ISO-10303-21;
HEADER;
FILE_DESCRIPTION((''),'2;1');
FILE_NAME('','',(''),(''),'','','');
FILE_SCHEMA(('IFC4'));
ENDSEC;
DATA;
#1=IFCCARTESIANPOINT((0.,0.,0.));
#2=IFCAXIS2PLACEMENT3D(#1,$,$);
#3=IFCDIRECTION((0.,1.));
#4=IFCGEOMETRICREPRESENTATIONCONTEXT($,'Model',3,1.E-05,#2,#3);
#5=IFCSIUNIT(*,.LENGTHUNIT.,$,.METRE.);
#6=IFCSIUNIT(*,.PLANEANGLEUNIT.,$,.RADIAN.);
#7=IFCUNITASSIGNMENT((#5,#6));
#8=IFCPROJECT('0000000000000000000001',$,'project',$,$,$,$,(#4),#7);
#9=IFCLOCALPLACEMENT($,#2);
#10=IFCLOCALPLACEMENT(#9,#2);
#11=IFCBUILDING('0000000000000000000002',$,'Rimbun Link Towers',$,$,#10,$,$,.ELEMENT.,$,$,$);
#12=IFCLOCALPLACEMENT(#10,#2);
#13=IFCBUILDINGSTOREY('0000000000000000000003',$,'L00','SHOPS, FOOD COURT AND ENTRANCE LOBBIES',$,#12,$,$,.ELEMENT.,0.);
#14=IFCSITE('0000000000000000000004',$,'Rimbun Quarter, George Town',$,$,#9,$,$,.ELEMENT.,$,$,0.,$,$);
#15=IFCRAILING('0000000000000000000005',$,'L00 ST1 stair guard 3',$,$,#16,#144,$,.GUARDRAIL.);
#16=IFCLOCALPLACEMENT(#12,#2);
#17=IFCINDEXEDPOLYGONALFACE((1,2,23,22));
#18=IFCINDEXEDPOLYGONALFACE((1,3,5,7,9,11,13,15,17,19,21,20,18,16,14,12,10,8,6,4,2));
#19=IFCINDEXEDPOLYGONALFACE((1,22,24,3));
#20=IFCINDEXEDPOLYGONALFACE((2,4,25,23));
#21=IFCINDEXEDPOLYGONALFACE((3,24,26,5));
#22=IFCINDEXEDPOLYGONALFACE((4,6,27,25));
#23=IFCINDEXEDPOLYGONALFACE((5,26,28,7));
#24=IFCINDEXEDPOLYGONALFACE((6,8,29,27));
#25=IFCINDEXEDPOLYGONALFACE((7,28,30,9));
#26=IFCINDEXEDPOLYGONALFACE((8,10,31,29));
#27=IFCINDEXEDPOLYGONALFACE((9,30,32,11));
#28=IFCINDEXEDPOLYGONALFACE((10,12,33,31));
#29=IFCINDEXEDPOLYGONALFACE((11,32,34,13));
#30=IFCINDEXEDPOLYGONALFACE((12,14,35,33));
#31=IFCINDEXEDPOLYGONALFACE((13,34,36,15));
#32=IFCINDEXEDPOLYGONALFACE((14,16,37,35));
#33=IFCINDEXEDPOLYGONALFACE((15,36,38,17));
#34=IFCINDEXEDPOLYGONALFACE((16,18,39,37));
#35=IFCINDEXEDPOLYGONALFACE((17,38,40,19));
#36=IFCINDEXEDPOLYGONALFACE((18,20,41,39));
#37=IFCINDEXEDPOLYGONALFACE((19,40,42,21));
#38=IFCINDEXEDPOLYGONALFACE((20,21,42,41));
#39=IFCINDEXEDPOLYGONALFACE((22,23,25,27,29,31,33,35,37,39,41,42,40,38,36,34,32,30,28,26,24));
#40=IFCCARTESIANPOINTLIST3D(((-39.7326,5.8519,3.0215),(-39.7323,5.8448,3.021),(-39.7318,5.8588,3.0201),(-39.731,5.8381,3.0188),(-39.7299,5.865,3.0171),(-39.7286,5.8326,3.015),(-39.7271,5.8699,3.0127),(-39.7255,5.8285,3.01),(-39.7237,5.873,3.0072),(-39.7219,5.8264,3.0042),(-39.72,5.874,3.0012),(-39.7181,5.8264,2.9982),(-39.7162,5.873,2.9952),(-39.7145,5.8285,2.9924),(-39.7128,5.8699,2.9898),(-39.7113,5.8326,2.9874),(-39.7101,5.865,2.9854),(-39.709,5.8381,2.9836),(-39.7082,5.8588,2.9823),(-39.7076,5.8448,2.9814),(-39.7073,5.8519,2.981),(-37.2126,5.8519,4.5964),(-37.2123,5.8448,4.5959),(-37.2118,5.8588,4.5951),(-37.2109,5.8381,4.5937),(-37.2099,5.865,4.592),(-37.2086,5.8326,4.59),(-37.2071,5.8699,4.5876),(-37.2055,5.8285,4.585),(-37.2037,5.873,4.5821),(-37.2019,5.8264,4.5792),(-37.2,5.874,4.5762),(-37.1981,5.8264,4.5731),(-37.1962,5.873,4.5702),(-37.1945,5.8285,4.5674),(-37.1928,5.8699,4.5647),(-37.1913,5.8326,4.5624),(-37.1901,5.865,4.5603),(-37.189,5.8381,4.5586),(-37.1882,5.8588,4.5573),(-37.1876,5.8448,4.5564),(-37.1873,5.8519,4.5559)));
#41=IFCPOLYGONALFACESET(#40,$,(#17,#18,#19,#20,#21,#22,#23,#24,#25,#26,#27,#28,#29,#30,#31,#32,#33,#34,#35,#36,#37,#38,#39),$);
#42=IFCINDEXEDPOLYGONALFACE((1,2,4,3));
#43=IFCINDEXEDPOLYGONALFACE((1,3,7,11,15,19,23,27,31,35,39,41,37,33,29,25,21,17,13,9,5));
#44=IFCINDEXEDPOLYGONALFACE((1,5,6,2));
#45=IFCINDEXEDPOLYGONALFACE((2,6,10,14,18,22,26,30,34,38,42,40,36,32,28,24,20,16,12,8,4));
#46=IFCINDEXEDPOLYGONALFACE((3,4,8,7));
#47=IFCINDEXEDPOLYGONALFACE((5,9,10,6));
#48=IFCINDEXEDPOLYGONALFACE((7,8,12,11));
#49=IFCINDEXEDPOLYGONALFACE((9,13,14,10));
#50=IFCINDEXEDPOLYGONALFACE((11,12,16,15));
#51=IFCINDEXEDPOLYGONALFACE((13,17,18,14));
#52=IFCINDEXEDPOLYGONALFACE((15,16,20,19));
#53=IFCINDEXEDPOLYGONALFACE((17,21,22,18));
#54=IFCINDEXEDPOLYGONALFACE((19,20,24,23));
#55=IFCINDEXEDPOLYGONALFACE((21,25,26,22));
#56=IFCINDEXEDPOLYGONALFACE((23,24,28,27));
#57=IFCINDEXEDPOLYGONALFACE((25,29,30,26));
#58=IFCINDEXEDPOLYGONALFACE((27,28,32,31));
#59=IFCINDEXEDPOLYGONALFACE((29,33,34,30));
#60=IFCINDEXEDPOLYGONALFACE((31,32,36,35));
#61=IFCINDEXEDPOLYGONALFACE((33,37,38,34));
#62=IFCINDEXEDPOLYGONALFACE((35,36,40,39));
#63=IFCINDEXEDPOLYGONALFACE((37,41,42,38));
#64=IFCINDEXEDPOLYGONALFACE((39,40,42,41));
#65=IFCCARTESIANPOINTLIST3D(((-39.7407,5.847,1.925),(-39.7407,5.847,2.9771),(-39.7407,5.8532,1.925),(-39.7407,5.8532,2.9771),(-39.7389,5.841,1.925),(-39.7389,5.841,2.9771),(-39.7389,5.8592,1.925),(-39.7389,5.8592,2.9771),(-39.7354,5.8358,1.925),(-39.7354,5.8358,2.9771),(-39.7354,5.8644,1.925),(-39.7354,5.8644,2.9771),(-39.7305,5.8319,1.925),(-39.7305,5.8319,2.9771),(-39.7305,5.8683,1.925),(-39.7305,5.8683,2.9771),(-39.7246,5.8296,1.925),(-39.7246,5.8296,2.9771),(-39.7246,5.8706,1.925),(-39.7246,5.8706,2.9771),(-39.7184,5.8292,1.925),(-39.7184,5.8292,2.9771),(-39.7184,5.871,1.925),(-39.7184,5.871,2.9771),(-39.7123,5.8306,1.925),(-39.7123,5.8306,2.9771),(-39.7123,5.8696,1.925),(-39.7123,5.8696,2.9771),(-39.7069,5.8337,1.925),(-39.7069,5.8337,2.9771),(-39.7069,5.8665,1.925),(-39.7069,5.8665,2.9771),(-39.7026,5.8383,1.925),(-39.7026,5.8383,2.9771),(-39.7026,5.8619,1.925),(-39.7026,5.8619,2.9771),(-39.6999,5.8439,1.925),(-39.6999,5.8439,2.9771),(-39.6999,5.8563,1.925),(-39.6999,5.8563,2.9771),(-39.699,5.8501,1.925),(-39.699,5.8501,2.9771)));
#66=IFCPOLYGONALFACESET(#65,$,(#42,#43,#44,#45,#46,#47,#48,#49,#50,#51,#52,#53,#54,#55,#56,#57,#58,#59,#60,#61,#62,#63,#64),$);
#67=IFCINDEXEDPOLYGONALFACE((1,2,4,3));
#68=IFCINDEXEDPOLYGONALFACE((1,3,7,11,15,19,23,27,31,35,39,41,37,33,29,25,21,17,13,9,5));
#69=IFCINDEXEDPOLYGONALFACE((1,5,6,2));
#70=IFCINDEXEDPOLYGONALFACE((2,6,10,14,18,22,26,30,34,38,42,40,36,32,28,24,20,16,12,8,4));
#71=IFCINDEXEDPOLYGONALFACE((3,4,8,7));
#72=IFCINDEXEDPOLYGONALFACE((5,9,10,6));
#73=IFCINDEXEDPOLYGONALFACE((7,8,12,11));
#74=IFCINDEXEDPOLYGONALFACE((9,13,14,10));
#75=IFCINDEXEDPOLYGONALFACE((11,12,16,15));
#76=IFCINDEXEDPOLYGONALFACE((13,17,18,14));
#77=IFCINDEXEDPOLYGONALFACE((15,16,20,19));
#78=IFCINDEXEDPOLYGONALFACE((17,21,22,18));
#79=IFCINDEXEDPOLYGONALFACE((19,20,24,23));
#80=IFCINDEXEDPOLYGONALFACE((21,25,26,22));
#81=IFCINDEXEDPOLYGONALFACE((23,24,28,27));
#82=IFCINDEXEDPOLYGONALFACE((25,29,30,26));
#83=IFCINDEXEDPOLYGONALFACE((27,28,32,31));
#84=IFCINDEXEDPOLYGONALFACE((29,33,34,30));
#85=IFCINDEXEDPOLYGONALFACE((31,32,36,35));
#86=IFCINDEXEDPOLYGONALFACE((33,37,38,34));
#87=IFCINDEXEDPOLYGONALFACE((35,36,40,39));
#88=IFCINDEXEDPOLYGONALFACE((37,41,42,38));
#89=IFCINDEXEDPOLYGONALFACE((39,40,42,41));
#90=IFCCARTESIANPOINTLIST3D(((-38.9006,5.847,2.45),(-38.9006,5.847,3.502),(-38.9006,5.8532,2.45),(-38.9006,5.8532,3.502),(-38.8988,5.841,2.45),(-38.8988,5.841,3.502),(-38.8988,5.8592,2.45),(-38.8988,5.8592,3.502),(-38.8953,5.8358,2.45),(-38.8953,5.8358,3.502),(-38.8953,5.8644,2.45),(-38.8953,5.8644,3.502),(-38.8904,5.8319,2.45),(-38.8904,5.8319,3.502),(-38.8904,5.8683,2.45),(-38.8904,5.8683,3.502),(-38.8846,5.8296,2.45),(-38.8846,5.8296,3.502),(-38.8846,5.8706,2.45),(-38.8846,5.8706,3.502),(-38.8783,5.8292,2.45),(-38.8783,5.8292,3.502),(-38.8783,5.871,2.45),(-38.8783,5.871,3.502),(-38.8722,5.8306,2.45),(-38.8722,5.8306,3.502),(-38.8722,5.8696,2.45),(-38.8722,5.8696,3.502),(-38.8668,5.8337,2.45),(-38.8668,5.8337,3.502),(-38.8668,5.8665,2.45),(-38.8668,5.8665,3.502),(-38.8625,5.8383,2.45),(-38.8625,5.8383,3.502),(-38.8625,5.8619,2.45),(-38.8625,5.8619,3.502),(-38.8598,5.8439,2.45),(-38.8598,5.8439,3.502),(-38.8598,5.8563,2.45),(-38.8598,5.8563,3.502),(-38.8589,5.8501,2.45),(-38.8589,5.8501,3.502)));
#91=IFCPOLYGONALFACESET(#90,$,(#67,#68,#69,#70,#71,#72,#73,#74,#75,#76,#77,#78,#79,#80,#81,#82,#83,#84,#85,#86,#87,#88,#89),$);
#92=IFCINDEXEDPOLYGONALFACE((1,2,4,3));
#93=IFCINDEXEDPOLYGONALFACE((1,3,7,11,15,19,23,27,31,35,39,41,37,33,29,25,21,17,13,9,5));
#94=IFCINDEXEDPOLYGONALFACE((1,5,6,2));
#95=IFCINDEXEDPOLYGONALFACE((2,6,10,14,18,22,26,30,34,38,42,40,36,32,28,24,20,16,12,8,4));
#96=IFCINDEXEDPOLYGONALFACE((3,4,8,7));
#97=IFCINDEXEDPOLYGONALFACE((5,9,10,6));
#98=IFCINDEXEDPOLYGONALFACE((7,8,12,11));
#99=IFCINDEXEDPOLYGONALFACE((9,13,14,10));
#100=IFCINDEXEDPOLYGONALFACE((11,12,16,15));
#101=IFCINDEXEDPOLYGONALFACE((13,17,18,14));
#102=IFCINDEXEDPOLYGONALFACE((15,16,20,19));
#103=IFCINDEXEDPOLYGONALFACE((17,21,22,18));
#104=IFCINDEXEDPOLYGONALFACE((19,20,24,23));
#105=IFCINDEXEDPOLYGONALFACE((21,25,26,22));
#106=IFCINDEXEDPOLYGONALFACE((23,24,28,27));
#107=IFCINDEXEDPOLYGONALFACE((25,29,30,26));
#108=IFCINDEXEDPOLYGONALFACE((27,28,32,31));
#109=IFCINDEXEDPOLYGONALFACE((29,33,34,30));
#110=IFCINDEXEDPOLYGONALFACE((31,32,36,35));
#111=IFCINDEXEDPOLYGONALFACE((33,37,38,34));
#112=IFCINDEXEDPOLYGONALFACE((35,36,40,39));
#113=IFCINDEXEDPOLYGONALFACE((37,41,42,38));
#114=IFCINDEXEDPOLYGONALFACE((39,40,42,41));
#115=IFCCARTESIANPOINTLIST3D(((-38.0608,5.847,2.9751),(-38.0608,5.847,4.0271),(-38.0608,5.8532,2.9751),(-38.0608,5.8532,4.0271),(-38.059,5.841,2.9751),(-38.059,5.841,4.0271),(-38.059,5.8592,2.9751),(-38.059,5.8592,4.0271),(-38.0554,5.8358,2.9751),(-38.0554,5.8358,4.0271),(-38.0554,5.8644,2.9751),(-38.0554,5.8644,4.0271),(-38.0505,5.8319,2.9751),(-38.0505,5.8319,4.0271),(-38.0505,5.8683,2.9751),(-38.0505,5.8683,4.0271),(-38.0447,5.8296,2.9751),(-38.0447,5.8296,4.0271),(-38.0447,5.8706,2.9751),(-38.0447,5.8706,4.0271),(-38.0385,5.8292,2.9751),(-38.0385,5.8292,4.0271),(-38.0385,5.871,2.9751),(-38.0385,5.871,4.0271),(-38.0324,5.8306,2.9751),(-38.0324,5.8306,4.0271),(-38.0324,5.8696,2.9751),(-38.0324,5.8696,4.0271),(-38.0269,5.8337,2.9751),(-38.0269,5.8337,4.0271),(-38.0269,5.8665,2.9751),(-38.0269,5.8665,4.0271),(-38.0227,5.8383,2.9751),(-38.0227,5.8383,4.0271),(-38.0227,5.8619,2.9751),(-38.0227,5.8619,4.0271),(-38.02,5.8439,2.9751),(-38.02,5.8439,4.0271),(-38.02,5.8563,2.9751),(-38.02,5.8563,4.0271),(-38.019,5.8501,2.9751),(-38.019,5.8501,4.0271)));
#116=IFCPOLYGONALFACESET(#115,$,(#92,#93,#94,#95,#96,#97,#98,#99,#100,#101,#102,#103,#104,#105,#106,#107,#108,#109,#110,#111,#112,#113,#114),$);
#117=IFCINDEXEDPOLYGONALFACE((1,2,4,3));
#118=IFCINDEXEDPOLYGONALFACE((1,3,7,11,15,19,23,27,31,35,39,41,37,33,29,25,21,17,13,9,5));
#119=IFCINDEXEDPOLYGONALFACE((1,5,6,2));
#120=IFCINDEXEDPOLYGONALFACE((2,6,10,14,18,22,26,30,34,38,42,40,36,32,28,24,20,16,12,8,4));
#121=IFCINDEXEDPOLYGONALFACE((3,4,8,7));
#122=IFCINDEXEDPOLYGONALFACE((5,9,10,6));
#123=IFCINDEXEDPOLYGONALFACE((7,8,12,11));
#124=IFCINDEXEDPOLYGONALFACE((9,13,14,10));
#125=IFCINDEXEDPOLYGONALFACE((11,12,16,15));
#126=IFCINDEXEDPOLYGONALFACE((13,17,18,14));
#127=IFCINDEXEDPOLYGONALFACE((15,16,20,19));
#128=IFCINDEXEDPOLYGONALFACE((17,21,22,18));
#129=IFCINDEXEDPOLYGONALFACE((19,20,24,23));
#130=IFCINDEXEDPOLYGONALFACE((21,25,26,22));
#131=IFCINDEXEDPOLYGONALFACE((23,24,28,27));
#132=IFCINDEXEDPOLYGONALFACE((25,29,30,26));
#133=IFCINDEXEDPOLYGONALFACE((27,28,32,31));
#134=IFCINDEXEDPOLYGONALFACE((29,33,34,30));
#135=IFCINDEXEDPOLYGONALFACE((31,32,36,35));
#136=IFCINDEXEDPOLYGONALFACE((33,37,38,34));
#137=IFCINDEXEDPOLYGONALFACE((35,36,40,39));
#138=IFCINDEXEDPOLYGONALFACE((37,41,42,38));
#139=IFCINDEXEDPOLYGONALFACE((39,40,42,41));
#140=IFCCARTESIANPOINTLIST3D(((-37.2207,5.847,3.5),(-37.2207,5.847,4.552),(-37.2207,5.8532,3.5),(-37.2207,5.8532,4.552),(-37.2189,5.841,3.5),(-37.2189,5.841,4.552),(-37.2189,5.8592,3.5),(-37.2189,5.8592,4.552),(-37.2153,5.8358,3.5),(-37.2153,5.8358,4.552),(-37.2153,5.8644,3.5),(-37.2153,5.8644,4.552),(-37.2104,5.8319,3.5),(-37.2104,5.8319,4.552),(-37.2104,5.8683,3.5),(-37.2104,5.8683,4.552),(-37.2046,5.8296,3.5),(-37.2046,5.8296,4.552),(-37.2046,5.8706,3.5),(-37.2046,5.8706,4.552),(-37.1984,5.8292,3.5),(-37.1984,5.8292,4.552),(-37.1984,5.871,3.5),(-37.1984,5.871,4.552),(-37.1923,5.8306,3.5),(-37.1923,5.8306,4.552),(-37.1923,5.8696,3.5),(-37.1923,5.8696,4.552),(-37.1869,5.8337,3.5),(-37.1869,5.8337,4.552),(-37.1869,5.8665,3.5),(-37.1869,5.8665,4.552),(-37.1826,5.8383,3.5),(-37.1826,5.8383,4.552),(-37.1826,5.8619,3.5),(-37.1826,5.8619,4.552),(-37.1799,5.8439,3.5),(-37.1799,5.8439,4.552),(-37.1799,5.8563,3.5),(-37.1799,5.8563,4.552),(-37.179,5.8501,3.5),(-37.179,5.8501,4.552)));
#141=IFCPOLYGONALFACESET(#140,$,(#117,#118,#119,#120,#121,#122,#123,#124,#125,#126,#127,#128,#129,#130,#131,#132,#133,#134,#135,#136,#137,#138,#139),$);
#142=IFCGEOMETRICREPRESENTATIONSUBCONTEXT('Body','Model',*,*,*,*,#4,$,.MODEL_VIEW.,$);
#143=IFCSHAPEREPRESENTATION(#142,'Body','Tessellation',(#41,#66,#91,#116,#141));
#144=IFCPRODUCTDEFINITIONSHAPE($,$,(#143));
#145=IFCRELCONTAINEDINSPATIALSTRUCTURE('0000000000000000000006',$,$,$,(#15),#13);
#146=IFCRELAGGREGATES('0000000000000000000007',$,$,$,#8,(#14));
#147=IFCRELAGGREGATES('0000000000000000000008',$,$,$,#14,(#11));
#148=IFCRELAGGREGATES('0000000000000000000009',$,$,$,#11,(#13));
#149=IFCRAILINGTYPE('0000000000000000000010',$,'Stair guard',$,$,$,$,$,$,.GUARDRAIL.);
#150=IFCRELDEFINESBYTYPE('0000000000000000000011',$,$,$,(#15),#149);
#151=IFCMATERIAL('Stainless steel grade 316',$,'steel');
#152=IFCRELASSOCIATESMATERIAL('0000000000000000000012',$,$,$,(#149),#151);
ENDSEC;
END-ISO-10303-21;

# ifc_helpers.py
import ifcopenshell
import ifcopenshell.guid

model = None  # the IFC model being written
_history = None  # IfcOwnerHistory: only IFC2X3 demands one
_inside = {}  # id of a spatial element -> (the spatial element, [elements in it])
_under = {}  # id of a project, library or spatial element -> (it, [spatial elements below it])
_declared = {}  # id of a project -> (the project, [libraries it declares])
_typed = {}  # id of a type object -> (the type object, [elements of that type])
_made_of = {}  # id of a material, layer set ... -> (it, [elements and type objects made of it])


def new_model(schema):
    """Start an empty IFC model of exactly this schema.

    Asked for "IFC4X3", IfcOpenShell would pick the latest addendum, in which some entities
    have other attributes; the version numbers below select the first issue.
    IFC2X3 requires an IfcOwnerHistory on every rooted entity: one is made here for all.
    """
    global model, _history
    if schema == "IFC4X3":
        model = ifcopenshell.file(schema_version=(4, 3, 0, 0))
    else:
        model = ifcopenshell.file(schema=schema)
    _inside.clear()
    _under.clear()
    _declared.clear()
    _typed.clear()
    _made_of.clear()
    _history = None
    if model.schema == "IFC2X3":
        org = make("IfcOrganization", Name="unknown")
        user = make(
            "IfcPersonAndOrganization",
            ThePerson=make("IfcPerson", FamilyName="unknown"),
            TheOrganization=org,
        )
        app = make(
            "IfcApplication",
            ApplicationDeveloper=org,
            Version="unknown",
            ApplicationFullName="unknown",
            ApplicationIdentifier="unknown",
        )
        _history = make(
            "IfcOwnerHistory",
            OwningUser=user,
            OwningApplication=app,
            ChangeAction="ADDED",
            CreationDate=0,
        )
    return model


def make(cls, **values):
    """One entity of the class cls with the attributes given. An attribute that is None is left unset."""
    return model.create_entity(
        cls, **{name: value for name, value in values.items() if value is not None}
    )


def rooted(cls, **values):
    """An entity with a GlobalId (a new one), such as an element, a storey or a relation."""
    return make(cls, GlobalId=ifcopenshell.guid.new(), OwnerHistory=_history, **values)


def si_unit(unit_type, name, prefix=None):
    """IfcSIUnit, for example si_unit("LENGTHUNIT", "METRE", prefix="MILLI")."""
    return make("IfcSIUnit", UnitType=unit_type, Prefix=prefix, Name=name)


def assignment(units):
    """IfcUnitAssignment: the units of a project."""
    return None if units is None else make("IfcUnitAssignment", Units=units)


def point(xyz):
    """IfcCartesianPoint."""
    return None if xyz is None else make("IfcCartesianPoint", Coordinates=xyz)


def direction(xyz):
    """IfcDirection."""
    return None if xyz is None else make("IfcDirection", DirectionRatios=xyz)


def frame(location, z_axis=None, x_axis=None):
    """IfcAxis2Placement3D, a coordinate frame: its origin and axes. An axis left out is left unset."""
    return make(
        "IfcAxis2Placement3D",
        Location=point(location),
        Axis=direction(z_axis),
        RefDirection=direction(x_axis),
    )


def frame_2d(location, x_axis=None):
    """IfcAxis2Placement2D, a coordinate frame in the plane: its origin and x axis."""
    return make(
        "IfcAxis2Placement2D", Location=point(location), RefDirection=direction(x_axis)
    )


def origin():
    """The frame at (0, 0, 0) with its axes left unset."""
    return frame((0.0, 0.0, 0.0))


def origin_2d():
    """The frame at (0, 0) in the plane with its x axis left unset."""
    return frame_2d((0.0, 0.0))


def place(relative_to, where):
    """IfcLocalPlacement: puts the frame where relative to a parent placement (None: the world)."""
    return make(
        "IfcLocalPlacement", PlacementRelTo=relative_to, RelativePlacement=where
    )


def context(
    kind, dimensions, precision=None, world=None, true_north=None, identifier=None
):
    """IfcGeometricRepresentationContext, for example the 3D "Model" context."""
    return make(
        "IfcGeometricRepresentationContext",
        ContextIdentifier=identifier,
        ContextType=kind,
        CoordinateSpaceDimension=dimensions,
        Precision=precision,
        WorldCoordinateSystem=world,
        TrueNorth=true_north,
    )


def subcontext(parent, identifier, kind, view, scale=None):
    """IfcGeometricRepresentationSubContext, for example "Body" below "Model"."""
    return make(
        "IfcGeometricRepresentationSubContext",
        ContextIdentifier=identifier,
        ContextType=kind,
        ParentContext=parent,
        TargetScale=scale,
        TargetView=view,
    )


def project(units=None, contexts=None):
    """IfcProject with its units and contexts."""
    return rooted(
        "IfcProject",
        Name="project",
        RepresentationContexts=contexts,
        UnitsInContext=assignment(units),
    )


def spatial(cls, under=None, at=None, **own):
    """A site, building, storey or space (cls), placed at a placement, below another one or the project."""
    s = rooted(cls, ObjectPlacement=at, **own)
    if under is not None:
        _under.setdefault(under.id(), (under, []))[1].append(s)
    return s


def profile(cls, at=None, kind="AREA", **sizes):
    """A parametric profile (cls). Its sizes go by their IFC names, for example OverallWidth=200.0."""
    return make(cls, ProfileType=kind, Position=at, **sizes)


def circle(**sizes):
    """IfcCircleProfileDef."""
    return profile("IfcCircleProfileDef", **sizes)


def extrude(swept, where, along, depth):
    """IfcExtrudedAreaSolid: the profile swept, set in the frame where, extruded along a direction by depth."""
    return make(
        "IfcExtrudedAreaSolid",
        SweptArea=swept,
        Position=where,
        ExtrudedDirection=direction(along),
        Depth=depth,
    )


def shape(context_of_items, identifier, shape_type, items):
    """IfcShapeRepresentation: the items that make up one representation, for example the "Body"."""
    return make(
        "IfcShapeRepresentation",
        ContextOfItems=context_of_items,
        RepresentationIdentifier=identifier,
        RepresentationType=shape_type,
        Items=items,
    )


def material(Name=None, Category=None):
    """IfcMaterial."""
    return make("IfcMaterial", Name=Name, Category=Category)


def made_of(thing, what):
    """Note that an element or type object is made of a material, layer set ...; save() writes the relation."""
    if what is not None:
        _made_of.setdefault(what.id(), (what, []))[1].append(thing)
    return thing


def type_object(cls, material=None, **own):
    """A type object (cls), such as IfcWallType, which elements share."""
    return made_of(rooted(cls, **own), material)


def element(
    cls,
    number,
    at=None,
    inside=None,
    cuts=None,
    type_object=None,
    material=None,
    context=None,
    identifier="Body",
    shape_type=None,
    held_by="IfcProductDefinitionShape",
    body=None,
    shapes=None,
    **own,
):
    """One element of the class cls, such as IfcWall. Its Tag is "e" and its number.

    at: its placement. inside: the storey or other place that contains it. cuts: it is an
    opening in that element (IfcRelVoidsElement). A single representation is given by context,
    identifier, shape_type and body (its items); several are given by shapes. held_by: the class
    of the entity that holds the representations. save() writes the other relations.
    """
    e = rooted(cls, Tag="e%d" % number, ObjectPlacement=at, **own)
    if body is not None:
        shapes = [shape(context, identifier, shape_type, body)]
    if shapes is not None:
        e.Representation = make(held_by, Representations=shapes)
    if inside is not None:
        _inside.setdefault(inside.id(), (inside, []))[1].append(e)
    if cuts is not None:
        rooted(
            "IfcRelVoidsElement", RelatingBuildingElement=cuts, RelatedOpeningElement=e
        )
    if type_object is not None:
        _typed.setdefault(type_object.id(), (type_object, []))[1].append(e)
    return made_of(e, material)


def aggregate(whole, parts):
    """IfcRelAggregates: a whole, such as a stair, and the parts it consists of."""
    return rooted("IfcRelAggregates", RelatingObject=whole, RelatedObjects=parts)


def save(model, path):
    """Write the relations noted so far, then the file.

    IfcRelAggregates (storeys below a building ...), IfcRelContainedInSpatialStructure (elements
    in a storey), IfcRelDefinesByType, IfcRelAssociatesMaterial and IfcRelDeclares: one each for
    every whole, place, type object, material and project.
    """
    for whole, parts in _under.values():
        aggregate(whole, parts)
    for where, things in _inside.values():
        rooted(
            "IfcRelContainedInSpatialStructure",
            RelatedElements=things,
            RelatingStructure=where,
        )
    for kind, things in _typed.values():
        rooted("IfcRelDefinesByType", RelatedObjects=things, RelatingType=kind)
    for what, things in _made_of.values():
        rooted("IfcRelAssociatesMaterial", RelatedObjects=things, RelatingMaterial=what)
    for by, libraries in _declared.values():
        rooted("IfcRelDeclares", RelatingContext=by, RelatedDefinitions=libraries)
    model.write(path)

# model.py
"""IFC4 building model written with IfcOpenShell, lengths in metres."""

from ifc_helpers import new_model, si_unit, direction, frame, origin, origin_2d, place, context, subcontext, project, spatial, circle, extrude, material, type_object, element, save


model = new_model("IFC4")

# Units and contexts
model_context = context("Model", 3, precision=1e-05, world=origin(), true_north=direction((0.0, 1.0)))
body_context = subcontext(model_context, "Body", "Model", "MODEL_VIEW")
ifc_project = project(units=[si_unit("LENGTHUNIT", "METRE"), si_unit("PLANEANGLEUNIT", "RADIAN")], contexts=[model_context])

# Site, building, storey
site_placement = place(None, origin())
site = spatial("IfcSite", under=ifc_project, at=site_placement, Name="Rimbun Quarter, George Town", CompositionType="ELEMENT", RefElevation=0.0)
building_placement = place(site_placement, origin())
building = spatial("IfcBuilding", under=site, at=building_placement, Name="Rimbun Link Towers", CompositionType="ELEMENT")
storey_placement = place(building_placement, origin())
storey = spatial("IfcBuildingStorey", under=building, at=storey_placement, Name="L00", Description="SHOPS, FOOD COURT AND ENTRANCE LOBBIES", CompositionType="ELEMENT", Elevation=0.0)

# Railing
ifc_material_1 = material(Name="Stainless steel grade 316", Category="steel")
railing_type_1 = type_object("IfcRailingType", Name="Stair guard", PredefinedType="GUARDRAIL", material=ifc_material_1)
railing_1_placement = place(storey_placement, frame((-39.72, 5.8501, 1.925)))
element("IfcRailing", 1, at=railing_1_placement, inside=storey, type_object=railing_type_1, Name="L00 ST1 stair guard 3", PredefinedType="GUARDRAIL", context=body_context, shape_type="SweptSolid", body=[
    extrude(circle(Radius=0.0239, at=origin_2d()), frame((0.0, 0.0, 1.0762), z_axis=(0.848008, 0.0, 0.529984), x_axis=(0.0, 1.0, 0.0)), (0.0, 0.0, 1.0), 2.9717),
    extrude(circle(Radius=0.021, at=origin_2d()), origin(), (0.0, 0.0, 1.0), 1.052),
    extrude(circle(Radius=0.021, at=origin_2d()), frame((0.8401, 0.0, 0.5249)), (0.0, 0.0, 1.0), 1.052),
    extrude(circle(Radius=0.021, at=origin_2d()), frame((1.6799, 0.0, 1.05)), (0.0, 0.0, 1.0), 1.052),
    extrude(circle(Radius=0.021, at=origin_2d()), frame((2.52, 0.0, 1.575)), (0.0, 0.0, 1.0), 1.052),
])

save(model, "model.ifc")
